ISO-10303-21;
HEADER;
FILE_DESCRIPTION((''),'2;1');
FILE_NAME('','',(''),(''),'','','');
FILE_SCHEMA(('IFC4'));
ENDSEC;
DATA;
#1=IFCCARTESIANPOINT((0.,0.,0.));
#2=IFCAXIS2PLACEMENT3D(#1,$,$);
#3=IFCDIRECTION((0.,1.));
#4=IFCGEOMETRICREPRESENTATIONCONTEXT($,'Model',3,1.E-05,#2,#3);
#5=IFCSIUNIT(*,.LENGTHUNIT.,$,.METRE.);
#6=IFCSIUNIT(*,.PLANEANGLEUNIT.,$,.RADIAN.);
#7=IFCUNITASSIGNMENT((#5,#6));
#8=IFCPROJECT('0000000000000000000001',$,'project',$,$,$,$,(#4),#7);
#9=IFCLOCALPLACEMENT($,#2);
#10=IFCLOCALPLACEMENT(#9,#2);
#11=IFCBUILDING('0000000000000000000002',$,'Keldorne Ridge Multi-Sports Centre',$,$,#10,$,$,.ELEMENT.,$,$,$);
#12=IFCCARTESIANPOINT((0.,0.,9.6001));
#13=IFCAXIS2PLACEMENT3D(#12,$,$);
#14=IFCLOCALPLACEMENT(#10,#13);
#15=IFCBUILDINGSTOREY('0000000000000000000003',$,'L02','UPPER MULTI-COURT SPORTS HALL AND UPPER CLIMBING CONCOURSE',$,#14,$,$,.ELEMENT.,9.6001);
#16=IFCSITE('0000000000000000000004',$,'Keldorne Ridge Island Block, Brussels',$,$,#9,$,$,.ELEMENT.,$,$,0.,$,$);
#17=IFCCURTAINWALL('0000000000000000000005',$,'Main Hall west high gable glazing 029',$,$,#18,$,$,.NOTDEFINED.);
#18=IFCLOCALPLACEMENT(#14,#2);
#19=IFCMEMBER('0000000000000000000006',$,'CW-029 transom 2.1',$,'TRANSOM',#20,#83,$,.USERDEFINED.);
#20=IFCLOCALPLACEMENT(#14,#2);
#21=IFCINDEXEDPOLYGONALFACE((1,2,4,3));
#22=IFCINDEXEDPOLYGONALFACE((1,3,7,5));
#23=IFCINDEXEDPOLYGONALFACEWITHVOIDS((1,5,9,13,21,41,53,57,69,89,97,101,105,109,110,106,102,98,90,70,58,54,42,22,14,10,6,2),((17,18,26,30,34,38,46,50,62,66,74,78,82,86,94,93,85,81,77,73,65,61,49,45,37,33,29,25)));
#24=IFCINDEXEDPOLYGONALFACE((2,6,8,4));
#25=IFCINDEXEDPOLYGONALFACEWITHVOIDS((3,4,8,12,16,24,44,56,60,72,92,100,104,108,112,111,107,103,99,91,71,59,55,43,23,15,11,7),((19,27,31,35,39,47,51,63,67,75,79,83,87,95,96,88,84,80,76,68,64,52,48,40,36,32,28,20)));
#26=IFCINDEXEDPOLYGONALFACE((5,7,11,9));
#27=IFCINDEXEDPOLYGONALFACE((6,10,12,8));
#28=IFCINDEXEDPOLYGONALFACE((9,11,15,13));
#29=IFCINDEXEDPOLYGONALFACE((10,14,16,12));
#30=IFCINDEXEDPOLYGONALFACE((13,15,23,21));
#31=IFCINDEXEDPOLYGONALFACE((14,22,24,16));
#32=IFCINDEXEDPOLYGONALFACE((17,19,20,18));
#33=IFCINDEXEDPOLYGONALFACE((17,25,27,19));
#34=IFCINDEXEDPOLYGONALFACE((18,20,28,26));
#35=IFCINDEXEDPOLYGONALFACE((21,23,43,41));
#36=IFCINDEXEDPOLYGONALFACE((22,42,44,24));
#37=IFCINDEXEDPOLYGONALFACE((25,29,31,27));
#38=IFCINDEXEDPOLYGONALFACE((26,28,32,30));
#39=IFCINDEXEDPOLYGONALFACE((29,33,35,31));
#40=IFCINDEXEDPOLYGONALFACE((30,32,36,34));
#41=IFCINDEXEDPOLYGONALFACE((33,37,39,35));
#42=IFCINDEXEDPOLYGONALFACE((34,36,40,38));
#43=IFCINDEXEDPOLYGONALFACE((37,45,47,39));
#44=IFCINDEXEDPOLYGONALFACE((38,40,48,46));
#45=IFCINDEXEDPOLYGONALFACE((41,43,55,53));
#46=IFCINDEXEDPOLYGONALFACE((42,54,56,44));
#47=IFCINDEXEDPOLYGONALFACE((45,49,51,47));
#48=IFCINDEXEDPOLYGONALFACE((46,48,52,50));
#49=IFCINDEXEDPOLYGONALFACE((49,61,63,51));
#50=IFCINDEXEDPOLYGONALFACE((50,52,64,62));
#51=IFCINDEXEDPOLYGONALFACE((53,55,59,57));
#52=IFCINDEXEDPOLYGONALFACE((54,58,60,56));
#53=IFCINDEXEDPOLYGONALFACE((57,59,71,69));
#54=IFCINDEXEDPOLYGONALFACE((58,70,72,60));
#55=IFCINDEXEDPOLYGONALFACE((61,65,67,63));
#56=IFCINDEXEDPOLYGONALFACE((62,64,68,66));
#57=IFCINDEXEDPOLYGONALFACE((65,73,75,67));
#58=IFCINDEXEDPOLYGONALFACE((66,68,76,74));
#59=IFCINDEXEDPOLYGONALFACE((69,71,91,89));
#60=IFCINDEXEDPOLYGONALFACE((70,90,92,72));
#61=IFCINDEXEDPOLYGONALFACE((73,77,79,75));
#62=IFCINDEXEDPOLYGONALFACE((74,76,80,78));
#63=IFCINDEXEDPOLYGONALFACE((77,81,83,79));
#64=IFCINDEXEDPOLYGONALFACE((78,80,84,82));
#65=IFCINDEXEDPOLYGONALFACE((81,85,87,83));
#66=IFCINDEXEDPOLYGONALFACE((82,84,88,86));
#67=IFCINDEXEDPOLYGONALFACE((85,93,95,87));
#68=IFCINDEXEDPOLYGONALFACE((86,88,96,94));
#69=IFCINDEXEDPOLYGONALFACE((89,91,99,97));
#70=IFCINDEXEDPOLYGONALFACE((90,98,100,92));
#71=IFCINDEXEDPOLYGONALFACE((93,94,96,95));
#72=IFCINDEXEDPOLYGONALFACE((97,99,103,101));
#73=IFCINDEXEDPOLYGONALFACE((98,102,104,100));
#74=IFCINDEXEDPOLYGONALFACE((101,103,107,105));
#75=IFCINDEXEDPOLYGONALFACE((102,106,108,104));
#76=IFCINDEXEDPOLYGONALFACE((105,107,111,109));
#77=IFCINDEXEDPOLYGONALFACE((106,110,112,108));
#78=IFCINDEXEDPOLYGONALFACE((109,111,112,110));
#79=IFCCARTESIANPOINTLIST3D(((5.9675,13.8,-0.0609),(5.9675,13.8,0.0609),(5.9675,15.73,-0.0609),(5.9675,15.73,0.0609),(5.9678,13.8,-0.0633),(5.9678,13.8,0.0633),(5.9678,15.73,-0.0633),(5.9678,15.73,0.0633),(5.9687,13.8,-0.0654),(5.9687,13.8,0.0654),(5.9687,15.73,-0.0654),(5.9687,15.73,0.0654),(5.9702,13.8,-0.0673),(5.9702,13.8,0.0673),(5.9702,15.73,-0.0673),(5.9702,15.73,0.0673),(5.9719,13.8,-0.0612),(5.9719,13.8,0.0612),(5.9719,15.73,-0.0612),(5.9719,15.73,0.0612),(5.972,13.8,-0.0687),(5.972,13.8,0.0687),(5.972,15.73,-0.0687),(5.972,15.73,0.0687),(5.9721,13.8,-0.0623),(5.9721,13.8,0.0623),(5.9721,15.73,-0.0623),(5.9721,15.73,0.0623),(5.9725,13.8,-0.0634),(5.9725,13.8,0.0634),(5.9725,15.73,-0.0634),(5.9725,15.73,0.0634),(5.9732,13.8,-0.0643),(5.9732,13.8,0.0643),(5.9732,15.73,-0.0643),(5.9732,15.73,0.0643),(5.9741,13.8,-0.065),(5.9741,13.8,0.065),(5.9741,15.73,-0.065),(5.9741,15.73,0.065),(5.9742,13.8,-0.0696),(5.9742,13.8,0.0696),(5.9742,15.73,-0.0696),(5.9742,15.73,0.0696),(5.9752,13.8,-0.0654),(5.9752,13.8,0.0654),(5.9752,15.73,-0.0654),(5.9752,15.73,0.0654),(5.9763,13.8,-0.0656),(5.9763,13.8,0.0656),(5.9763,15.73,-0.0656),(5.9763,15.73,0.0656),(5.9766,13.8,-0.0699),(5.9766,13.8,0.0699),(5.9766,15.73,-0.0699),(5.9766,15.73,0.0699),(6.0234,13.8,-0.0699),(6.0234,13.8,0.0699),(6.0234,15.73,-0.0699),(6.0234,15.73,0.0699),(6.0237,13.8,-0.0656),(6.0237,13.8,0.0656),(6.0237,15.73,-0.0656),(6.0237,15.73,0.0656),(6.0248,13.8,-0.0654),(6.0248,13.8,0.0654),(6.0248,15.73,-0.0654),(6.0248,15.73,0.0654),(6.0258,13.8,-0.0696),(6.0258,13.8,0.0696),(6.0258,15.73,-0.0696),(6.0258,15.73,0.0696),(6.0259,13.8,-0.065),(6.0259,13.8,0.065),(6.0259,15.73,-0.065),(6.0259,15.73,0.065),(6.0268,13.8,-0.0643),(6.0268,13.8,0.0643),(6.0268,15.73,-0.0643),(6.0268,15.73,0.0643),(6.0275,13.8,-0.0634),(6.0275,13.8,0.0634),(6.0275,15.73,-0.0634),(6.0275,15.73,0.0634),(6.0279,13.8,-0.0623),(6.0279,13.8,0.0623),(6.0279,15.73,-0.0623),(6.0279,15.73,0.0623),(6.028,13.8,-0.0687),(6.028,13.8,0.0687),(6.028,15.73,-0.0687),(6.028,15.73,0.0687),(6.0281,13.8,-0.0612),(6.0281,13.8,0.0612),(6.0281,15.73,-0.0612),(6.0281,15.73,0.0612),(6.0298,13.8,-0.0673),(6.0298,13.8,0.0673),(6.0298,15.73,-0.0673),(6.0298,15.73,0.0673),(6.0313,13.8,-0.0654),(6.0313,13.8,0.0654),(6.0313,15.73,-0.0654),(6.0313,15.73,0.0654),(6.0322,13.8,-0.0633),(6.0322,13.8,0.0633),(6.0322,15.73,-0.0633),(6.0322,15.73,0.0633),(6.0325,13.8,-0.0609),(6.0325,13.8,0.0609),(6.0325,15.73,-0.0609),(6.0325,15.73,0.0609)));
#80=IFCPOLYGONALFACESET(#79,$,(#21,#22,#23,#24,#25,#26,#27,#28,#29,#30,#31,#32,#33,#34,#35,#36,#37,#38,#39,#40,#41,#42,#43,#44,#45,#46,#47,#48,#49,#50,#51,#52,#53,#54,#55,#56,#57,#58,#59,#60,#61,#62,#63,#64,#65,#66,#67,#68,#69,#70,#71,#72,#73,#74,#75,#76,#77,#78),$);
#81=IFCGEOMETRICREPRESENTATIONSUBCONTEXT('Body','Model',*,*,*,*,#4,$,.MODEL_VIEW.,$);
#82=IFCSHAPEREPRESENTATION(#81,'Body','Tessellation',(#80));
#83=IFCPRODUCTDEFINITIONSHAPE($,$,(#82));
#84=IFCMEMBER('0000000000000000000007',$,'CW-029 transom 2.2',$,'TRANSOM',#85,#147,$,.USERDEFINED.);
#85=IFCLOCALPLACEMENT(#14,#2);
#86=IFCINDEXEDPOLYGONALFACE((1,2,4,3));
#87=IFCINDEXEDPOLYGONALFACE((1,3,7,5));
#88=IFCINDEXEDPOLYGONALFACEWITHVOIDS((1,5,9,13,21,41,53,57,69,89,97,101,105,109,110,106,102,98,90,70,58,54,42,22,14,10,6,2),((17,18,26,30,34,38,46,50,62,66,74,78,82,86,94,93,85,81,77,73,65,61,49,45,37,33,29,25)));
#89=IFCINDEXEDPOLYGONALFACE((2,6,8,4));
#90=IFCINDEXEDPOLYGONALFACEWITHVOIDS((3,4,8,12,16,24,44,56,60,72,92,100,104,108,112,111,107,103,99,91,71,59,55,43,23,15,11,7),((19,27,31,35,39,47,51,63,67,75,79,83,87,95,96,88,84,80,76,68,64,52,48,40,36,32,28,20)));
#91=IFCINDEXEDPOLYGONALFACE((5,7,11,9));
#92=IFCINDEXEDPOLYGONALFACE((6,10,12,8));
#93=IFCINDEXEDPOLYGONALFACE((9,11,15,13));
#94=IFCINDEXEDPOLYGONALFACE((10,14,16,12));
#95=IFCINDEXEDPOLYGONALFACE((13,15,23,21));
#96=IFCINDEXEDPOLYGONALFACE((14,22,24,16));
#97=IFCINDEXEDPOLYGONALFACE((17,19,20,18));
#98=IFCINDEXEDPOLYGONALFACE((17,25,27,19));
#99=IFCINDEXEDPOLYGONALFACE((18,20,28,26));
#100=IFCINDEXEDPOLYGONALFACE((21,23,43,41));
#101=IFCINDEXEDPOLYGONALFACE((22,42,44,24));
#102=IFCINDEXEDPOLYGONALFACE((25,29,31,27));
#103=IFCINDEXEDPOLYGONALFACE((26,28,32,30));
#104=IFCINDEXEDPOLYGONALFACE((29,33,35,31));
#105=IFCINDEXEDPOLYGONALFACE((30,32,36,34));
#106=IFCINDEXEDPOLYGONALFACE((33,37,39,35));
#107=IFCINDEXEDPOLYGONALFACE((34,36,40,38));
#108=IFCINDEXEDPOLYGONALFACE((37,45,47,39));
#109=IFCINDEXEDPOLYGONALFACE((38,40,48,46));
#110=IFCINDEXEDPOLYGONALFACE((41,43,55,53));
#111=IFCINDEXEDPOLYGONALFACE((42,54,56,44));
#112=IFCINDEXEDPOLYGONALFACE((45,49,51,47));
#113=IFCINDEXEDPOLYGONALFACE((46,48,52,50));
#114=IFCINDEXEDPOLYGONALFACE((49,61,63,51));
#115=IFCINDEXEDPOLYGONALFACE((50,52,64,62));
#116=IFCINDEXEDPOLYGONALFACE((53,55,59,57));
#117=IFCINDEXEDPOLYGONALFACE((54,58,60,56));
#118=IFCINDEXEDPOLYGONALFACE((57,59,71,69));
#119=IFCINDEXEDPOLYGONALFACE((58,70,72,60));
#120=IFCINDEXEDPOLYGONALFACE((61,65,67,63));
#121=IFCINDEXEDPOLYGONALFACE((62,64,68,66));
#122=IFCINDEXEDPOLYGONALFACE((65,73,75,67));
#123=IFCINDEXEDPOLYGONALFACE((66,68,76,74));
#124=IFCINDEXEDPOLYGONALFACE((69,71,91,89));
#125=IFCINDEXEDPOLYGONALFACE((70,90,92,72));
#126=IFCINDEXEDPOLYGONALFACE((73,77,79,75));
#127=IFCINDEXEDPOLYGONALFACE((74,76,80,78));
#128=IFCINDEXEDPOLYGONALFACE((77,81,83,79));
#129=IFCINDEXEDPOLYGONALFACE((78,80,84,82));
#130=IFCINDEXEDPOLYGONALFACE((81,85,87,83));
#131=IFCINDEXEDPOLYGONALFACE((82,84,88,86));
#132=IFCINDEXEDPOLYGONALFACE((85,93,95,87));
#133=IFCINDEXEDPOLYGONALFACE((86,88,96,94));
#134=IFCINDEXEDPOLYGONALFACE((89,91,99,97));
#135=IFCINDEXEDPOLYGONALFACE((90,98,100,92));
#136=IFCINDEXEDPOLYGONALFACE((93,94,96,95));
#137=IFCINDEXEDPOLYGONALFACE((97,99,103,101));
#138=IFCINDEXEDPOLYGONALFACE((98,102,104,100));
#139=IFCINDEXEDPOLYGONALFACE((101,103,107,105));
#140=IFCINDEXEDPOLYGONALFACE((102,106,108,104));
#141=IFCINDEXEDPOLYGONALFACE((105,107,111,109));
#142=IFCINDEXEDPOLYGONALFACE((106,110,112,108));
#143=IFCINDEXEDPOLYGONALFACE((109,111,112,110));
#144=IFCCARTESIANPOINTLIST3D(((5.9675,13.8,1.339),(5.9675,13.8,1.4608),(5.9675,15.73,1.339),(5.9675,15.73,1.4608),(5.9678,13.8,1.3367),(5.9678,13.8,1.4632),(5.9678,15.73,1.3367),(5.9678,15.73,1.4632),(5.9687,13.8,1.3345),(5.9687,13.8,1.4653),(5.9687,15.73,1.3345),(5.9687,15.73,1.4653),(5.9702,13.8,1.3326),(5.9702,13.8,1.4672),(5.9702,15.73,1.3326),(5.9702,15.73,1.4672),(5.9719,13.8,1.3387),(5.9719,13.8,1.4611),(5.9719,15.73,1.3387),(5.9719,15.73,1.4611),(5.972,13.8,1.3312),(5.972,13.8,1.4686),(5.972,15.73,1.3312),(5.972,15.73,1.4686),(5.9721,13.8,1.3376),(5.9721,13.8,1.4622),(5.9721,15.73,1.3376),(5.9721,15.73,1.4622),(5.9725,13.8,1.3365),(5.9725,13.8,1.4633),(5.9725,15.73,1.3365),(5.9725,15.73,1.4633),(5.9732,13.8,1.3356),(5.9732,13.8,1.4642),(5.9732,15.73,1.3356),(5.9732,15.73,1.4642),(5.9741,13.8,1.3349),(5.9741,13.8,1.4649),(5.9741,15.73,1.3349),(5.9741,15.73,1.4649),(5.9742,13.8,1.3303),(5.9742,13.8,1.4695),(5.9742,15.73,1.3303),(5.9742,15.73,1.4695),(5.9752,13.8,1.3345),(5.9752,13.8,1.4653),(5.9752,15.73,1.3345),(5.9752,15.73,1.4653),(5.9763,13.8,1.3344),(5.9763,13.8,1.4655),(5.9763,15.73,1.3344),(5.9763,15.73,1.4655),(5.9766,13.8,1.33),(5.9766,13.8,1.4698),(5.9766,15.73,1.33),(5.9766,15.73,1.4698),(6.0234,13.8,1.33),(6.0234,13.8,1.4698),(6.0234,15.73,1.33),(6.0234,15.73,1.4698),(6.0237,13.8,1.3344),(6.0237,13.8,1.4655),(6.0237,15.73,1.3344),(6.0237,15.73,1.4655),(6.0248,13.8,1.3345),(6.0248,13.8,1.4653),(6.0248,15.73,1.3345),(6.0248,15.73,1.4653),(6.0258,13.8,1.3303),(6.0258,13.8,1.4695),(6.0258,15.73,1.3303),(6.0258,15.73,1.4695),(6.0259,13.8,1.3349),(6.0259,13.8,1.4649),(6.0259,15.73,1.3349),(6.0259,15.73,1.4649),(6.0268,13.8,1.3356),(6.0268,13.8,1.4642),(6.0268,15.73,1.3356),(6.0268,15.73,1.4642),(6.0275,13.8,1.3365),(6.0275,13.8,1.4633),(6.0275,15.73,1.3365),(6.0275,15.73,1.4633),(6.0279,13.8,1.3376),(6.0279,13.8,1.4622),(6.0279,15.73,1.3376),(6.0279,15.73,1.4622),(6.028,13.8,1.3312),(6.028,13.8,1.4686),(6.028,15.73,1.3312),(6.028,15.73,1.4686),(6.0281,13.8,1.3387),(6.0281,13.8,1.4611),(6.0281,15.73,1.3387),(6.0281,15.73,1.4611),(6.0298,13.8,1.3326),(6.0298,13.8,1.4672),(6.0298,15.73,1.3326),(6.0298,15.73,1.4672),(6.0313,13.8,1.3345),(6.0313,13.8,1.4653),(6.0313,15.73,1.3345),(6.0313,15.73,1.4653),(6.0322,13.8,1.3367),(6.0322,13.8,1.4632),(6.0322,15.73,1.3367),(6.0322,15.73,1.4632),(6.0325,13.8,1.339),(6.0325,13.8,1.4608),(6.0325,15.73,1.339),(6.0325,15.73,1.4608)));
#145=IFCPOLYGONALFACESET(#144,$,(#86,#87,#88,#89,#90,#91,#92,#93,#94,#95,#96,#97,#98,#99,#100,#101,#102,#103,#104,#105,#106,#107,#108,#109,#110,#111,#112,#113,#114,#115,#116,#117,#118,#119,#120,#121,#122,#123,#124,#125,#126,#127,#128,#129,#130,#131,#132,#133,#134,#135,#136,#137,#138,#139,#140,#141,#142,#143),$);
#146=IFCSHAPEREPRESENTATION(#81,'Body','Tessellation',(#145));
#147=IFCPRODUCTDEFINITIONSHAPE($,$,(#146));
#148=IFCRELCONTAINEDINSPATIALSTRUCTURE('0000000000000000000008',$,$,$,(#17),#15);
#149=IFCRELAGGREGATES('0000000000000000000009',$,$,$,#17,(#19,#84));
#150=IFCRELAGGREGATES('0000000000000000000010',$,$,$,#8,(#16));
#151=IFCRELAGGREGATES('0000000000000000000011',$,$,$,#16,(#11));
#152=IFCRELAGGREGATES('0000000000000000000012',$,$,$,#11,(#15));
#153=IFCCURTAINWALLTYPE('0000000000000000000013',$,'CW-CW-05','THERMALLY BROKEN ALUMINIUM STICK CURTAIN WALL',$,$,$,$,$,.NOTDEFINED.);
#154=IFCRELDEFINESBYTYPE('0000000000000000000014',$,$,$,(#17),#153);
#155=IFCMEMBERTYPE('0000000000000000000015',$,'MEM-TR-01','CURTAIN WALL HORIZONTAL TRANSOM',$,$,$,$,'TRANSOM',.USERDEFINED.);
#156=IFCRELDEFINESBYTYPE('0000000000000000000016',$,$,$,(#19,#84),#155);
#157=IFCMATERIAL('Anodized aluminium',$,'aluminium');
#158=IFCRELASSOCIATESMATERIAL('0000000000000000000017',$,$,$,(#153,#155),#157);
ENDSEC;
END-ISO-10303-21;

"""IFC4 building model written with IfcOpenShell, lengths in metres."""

from ifc_helpers import new_model, si_unit, direction, frame, origin, origin_2d, place, context, subcontext, project, spatial, hollow_rectangle, extrude, material, material_profile, profile_set, type_object, element, aggregate, save


model = new_model("IFC4")

# Units and contexts
model_context = context("Model", 3, precision=1e-05, world=origin(), true_north=direction((0.0, 1.0)))
body_context = subcontext(model_context, "Body", "Model", "MODEL_VIEW")
ifc_project = project(units=[si_unit("LENGTHUNIT", "METRE"), si_unit("PLANEANGLEUNIT", "RADIAN")], contexts=[model_context])

# Site, building, storey
site_placement = place(None, origin())
site = spatial("IfcSite", under=ifc_project, at=site_placement, Name="Keldorne Ridge Island Block, Brussels", CompositionType="ELEMENT", RefElevation=0.0)
building_placement = place(site_placement, origin())
building = spatial("IfcBuilding", under=site, at=building_placement, Name="Keldorne Ridge Multi-Sports Centre", CompositionType="ELEMENT")
storey_placement = place(building_placement, frame((0.0, 0.0, 9.6001)))
storey = spatial("IfcBuildingStorey", under=building, at=storey_placement, Name="L02", Description="UPPER MULTI-COURT SPORTS HALL AND UPPER CLIMBING CONCOURSE", CompositionType="ELEMENT", Elevation=9.6001)

# Curtain wall
ifc_material_1 = material(Name="Anodized aluminium", Category="aluminium")
curtain_wall_type_1 = type_object("IfcCurtainWallType", Name="CW-CW-05", Description="THERMALLY BROKEN ALUMINIUM STICK CURTAIN WALL", PredefinedType="NOTDEFINED", material=ifc_material_1)
curtain_wall_1_placement = place(storey_placement, origin())
curtain_wall_1 = element("IfcCurtainWall", 1, at=curtain_wall_1_placement, inside=storey, type_object=curtain_wall_type_1, Name="Main Hall west high gable glazing 029", PredefinedType="NOTDEFINED")

# Members
ifc_material_profile_1 = material_profile(ifc_material_1, hollow_rectangle(XDim=0.0649, YDim=0.1399, WallThickness=0.0044, InnerFilletRadius=0.0044, OuterFilletRadius=0.009, at=origin_2d()), Name="ALU TRANSOM 140x65x4.5")
ifc_profile_set_1 = profile_set([ifc_material_profile_1], Name="Anodized aluminium")
member_type_1 = type_object("IfcMemberType", Name="MEM-TR-01", Description="CURTAIN WALL HORIZONTAL TRANSOM", ElementType="TRANSOM", PredefinedType="USERDEFINED", material=ifc_profile_set_1)
member_1_placement = place(storey_placement, frame((6.0, 15.73, 0.0), z_axis=(0.0, -1.0, 0.0), x_axis=(1.0, 0.0, 0.0)))
member_1 = element("IfcMember", 2, at=member_1_placement, type_object=member_type_1, Name="CW-029 transom 2.1", ObjectType="TRANSOM", PredefinedType="USERDEFINED", context=body_context, shape_type="SweptSolid", body=[
    extrude(hollow_rectangle(XDim=0.0649, YDim=0.1399, WallThickness=0.0044, InnerFilletRadius=0.0044, OuterFilletRadius=0.009, at=origin_2d()), origin(), (0.0, 0.0, 1.0), 1.9299),
])
member_2_placement = place(storey_placement, frame((6.0, 15.73, 1.3999), z_axis=(0.0, -1.0, 0.0), x_axis=(1.0, 0.0, 0.0)))
member_2 = element("IfcMember", 3, at=member_2_placement, type_object=member_type_1, Name="CW-029 transom 2.2", ObjectType="TRANSOM", PredefinedType="USERDEFINED", context=body_context, shape_type="SweptSolid", body=[
    extrude(hollow_rectangle(XDim=0.0649, YDim=0.1399, WallThickness=0.0044, InnerFilletRadius=0.0044, OuterFilletRadius=0.009, at=origin_2d()), origin(), (0.0, 0.0, 1.0), 1.9299),
])

aggregate(curtain_wall_1, [member_1, member_2])

save(model, "model.ifc")
